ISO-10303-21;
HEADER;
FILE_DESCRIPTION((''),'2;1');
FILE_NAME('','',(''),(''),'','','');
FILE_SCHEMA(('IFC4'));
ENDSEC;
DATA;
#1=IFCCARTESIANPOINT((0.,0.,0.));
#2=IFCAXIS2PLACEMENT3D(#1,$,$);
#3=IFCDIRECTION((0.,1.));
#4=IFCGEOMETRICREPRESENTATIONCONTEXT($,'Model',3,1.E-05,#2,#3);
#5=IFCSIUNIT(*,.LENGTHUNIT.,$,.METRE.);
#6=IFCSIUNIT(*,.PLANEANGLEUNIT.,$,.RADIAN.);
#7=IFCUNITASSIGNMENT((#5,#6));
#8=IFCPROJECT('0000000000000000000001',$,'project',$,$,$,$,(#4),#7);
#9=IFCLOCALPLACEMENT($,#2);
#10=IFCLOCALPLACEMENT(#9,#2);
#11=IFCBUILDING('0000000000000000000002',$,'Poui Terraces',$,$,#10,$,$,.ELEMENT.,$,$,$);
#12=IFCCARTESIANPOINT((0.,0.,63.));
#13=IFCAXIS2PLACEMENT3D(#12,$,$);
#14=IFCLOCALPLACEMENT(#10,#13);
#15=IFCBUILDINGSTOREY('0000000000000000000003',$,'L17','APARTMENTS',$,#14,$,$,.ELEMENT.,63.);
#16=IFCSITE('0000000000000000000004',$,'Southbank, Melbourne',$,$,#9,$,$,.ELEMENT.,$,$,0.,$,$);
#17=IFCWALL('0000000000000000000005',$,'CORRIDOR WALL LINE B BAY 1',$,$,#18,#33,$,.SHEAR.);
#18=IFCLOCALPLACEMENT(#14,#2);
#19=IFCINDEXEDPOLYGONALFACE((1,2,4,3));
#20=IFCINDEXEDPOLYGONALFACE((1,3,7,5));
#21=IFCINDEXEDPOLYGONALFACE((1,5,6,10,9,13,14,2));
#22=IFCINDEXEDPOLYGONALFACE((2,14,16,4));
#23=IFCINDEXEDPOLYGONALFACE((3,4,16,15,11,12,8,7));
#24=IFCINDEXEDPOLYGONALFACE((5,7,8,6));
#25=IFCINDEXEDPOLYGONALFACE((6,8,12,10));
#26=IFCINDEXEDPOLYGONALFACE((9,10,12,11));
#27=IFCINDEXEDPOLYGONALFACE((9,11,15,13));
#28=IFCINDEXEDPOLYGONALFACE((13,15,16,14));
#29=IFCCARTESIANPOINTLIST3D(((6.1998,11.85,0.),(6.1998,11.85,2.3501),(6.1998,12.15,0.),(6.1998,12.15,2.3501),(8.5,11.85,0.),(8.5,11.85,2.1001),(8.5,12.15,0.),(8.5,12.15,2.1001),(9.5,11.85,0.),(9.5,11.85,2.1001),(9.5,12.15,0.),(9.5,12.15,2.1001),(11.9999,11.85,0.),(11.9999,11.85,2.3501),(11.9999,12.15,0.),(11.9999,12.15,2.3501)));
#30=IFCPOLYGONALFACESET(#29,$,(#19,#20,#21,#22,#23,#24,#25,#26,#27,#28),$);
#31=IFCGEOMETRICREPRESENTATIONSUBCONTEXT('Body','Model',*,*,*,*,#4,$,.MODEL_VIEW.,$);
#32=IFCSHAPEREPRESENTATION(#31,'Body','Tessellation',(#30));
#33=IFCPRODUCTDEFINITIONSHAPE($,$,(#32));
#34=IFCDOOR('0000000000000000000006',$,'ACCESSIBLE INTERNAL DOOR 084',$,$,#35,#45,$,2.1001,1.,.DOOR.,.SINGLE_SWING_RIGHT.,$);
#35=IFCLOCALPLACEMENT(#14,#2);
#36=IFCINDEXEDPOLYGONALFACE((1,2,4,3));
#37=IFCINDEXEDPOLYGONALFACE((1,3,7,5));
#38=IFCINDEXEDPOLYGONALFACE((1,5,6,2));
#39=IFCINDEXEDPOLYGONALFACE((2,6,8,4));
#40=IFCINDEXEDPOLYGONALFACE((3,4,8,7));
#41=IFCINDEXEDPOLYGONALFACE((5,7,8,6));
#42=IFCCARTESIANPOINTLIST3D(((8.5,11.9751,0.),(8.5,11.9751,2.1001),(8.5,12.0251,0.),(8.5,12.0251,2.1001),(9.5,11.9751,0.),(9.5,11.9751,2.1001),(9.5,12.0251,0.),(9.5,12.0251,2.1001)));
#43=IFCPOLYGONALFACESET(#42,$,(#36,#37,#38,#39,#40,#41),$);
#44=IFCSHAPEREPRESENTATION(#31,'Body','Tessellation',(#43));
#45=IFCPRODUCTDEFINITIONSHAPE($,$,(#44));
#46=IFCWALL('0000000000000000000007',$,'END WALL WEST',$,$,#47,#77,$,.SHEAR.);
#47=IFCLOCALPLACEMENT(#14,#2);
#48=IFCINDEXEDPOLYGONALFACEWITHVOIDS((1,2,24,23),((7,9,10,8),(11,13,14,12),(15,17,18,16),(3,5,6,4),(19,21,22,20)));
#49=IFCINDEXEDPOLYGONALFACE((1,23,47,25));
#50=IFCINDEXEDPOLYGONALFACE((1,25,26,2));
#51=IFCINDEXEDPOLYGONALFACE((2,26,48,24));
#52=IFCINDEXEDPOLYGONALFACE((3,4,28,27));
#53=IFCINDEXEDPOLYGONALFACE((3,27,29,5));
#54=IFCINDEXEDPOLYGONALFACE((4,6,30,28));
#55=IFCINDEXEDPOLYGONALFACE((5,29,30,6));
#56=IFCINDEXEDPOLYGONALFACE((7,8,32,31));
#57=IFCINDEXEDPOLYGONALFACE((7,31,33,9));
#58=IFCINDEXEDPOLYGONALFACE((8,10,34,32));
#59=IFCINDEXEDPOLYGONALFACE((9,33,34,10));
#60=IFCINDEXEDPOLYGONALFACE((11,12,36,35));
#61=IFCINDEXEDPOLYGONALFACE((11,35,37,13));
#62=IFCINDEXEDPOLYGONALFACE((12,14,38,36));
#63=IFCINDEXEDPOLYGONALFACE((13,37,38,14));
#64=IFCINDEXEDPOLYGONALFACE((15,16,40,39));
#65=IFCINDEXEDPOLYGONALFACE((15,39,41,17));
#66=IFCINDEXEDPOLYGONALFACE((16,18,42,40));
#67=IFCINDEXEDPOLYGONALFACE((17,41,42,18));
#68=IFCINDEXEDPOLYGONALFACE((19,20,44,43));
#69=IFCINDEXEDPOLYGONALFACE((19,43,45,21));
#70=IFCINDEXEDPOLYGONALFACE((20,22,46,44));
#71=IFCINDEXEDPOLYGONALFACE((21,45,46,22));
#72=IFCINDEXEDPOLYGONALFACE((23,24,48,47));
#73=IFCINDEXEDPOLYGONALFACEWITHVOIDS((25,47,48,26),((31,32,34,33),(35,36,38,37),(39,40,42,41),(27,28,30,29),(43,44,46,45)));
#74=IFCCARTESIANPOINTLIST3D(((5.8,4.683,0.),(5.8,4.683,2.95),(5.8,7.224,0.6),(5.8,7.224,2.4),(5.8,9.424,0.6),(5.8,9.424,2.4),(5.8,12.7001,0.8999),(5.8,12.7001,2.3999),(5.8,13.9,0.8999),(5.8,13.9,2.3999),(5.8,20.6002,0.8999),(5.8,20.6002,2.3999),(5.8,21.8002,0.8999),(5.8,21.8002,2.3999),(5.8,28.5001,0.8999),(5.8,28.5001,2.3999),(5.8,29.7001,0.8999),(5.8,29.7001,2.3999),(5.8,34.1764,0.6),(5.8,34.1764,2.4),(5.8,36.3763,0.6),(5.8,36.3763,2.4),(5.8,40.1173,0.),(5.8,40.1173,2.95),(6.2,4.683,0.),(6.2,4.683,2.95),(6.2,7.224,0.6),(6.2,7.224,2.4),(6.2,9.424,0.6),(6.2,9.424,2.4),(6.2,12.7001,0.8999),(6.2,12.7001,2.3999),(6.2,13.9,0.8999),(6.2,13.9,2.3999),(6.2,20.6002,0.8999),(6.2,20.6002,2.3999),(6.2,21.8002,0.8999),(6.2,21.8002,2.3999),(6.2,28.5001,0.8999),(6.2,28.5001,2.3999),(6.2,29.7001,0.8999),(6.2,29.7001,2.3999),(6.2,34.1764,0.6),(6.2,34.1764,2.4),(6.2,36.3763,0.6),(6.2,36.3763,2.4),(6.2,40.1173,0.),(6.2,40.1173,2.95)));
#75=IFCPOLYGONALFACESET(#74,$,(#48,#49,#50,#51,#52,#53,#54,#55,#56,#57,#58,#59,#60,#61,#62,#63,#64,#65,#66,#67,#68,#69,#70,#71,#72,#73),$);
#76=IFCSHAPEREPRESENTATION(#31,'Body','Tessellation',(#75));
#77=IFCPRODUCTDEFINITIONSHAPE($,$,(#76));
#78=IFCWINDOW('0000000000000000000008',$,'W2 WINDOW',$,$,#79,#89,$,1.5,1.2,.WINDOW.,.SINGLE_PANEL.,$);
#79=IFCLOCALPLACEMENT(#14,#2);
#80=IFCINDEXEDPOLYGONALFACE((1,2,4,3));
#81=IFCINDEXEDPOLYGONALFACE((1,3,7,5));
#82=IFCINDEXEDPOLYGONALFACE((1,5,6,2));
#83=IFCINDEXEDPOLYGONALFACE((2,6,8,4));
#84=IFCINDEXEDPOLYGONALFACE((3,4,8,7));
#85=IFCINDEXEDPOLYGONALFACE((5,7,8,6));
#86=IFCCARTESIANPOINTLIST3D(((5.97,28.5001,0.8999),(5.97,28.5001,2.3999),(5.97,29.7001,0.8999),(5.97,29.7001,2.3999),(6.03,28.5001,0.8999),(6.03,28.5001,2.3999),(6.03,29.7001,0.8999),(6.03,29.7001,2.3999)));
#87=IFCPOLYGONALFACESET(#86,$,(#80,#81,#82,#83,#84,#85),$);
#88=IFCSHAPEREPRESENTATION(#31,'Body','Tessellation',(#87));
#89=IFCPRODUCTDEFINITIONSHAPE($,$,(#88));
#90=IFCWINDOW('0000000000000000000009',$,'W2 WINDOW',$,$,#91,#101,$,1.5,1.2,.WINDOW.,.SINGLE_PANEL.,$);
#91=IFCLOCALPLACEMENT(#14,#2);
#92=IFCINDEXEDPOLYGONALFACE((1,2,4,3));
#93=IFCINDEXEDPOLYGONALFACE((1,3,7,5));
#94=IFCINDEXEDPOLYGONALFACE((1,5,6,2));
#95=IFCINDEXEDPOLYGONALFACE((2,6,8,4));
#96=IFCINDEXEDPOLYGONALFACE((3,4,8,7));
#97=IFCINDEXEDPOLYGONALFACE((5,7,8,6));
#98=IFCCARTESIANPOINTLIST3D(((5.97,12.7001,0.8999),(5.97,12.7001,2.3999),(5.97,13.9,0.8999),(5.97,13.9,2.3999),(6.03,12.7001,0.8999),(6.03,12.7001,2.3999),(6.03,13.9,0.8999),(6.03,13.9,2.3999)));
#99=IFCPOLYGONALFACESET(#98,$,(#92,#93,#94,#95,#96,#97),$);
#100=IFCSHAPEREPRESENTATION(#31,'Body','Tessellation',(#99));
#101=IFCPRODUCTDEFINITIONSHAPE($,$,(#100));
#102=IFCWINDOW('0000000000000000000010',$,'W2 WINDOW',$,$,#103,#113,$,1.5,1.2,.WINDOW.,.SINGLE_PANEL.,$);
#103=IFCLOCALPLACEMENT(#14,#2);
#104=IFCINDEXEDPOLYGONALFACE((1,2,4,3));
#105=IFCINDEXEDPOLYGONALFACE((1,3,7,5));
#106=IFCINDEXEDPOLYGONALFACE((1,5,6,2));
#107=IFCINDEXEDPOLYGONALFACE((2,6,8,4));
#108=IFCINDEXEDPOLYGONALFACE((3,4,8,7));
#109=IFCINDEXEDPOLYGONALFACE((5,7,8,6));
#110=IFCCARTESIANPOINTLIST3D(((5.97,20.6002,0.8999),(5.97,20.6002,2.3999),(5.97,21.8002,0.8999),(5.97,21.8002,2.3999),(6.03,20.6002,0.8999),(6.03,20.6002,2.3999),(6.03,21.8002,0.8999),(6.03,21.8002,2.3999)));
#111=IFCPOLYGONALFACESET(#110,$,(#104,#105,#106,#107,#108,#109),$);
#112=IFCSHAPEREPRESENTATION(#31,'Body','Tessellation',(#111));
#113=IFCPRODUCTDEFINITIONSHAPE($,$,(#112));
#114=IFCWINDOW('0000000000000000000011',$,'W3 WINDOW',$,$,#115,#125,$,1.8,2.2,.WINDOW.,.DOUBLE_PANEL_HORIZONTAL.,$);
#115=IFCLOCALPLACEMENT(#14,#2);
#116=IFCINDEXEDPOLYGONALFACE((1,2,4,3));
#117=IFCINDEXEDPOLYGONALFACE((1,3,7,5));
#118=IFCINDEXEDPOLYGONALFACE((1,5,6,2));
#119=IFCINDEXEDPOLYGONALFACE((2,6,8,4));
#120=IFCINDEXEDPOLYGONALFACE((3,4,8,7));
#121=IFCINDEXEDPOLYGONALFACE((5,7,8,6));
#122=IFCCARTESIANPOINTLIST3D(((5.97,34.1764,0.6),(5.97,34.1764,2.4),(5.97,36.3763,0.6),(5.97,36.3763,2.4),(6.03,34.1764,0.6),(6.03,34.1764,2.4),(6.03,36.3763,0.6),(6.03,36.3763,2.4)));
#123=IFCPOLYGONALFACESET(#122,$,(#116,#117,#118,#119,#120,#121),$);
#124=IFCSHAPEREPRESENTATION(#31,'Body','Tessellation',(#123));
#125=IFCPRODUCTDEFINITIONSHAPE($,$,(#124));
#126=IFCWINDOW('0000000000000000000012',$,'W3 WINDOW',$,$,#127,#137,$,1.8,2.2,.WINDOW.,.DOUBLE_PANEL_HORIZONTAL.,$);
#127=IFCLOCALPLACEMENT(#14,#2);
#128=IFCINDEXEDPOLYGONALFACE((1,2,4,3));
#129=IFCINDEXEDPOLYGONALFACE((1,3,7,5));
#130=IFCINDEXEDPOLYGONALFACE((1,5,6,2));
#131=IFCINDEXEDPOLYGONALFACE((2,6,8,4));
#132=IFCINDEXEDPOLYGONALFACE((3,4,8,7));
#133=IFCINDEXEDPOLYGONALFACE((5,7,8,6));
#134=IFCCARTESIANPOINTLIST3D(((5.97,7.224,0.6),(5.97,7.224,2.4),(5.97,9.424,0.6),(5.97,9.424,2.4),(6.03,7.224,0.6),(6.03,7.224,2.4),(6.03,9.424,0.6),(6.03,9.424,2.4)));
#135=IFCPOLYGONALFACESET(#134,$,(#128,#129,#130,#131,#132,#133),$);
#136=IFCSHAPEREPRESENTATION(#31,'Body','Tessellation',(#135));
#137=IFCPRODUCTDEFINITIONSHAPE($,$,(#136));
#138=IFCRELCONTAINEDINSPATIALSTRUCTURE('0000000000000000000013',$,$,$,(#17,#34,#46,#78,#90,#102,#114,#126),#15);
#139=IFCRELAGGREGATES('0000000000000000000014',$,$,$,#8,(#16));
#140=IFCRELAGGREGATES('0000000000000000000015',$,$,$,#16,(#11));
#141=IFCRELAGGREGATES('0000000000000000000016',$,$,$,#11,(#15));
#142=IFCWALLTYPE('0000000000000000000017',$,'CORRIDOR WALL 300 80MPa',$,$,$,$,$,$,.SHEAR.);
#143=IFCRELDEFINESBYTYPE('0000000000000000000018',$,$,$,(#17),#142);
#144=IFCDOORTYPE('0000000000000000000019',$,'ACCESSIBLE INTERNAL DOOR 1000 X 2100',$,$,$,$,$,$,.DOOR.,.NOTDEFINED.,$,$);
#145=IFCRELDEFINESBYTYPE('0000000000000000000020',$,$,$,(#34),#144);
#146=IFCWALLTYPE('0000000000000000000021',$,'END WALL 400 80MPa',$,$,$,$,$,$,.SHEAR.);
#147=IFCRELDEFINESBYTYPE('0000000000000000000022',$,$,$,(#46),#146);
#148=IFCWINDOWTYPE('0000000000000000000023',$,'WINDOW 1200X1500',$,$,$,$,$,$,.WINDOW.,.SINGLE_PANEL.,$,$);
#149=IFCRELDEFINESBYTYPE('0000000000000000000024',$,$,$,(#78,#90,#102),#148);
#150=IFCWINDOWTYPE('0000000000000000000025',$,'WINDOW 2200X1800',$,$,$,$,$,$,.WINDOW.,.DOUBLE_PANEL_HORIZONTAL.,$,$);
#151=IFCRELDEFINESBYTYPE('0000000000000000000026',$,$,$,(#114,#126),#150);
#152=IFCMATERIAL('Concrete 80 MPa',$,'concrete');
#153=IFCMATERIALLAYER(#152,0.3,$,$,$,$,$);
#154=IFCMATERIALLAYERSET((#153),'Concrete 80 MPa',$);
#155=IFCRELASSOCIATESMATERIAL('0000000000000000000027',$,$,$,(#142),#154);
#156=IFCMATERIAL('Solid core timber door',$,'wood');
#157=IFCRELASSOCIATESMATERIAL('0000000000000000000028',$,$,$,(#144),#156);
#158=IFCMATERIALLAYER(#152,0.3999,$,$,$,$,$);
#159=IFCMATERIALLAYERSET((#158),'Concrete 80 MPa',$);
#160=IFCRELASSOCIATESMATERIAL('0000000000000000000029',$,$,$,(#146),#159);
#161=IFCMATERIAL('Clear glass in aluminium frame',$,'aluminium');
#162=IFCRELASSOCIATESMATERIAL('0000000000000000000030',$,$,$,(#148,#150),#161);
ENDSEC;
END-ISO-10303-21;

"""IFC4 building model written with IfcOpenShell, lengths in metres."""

from ifc_helpers import new_model, si_unit, direction, frame, frame_2d, origin, place, context, subcontext, project, spatial, rectangle, extrude, material, layer, layer_set, type_object, element, fill, save


model = new_model("IFC4")

# Units and contexts
model_context = context("Model", 3, precision=1e-05, world=origin(), true_north=direction((0.0, 1.0)))
body_context = subcontext(model_context, "Body", "Model", "MODEL_VIEW")
ifc_project = project(units=[si_unit("LENGTHUNIT", "METRE"), si_unit("PLANEANGLEUNIT", "RADIAN")], contexts=[model_context])

# Site, building, storey
site_placement = place(None, origin())
site = spatial("IfcSite", under=ifc_project, at=site_placement, Name="Southbank, Melbourne", CompositionType="ELEMENT", RefElevation=0.0)
building_placement = place(site_placement, origin())
building = spatial("IfcBuilding", under=site, at=building_placement, Name="Poui Terraces", CompositionType="ELEMENT")
storey_placement = place(building_placement, frame((0.0, 0.0, 63.0)))
storey = spatial("IfcBuildingStorey", under=building, at=storey_placement, Name="L17", Description="APARTMENTS", CompositionType="ELEMENT", Elevation=63.0)

# Wall, opening, door
ifc_material_1 = material(Name="Concrete 80 MPa", Category="concrete")
ifc_layer_1 = layer(ifc_material_1, 0.3)
ifc_layer_set_1 = layer_set([ifc_layer_1], Name="Concrete 80 MPa")
wall_type_1 = type_object("IfcWallType", Name="CORRIDOR WALL 300 80MPa", PredefinedType="SHEAR", material=ifc_layer_set_1)
wall_1_placement = place(storey_placement, frame((6.2, 12.0, 0.0), z_axis=(0.0, 0.0, 1.0), x_axis=(1.0, 0.0, 0.0)))
wall_1 = element("IfcWall", 1, at=wall_1_placement, inside=storey, type_object=wall_type_1, Name="CORRIDOR WALL LINE B BAY 1", PredefinedType="SHEAR", context=body_context, shape_type="SweptSolid", body=[
    extrude(rectangle(XDim=5.8, YDim=0.3, at=frame_2d((2.8999, 0.0))), origin(), (0.0, 0.0, 1.0), 2.3501),
])
opening_1_placement = place(wall_1_placement, frame((2.3, 0.0, 0.0)))
opening_1 = element("IfcOpeningElement", 2, at=opening_1_placement, cuts=wall_1, PredefinedType="OPENING", context=body_context, shape_type="SweptSolid", body=[
    extrude(rectangle(XDim=1.0, YDim=2.1001, at=frame_2d((0.5, 1.05))), frame((0.0, 0.1602, 0.0), z_axis=(0.0, -1.0, 0.0), x_axis=(1.0, 0.0, 0.0)), (0.0, 0.0, 1.0), 0.3201),
])
ifc_material_2 = material(Name="Solid core timber door", Category="wood")
door_type = type_object("IfcDoorType", Name="ACCESSIBLE INTERNAL DOOR 1000 X 2100", OperationType="NOTDEFINED", PredefinedType="DOOR", material=ifc_material_2)
door_placement = place(opening_1_placement, frame((1.0, 0.0, 0.0), z_axis=(0.0, 0.0, 1.0), x_axis=(-1.0, 0.0, 0.0)))
door = element("IfcDoor", 3, at=door_placement, inside=storey, type_object=door_type, Name="ACCESSIBLE INTERNAL DOOR 084", OperationType="SINGLE_SWING_RIGHT", OverallHeight=2.1001, OverallWidth=1.0, PredefinedType="DOOR", context=body_context, shape_type="SweptSolid", body=[
    extrude(rectangle(XDim=1.0, YDim=2.1001, at=frame_2d((0.5, 1.05))), frame((0.0, 0.0249, 0.0), z_axis=(0.0, -1.0, 0.0), x_axis=(1.0, 0.0, 0.0)), (0.0, 0.0, 1.0), 0.05),
])
fill(opening_1, door)

# Wall, openings, windows
ifc_layer_2 = layer(ifc_material_1, 0.3999)
ifc_layer_set_2 = layer_set([ifc_layer_2], Name="Concrete 80 MPa")
wall_type_2 = type_object("IfcWallType", Name="END WALL 400 80MPa", PredefinedType="SHEAR", material=ifc_layer_set_2)
wall_2_placement = place(storey_placement, frame((6.0, 4.6829, 0.0), z_axis=(0.0, 0.0, 1.0), x_axis=(0.0, 1.0, 0.0)))
wall_2 = element("IfcWall", 4, at=wall_2_placement, inside=storey, type_object=wall_type_2, Name="END WALL WEST", PredefinedType="SHEAR", context=body_context, shape_type="SweptSolid", body=[
    extrude(rectangle(XDim=35.4343, YDim=0.3999, at=frame_2d((17.7173, 0.0))), origin(), (0.0, 0.0, 1.0), 2.95),
])
opening_2_placement = place(wall_2_placement, frame((23.8171, 0.0, 0.8999)))
opening_2 = element("IfcOpeningElement", 5, at=opening_2_placement, cuts=wall_2, PredefinedType="OPENING", context=body_context, shape_type="SweptSolid", body=[
    extrude(rectangle(XDim=1.2, YDim=1.5, at=frame_2d((0.6001, 0.75))), frame((0.0, 0.21, 0.0), z_axis=(0.0, -1.0, 0.0), x_axis=(1.0, 0.0, 0.0)), (0.0, 0.0, 1.0), 0.4199),
])
opening_3_placement = place(wall_2_placement, frame((8.0171, 0.0, 0.8999)))
opening_3 = element("IfcOpeningElement", 6, at=opening_3_placement, cuts=wall_2, PredefinedType="OPENING", context=body_context, shape_type="SweptSolid", body=[
    extrude(rectangle(XDim=1.2, YDim=1.5, at=frame_2d((0.6001, 0.75))), frame((0.0, 0.21, 0.0), z_axis=(0.0, -1.0, 0.0), x_axis=(1.0, 0.0, 0.0)), (0.0, 0.0, 1.0), 0.4199),
])
opening_4_placement = place(wall_2_placement, frame((15.9172, 0.0, 0.8999)))
opening_4 = element("IfcOpeningElement", 7, at=opening_4_placement, cuts=wall_2, PredefinedType="OPENING", context=body_context, shape_type="SweptSolid", body=[
    extrude(rectangle(XDim=1.2, YDim=1.5, at=frame_2d((0.6001, 0.75))), frame((0.0, 0.21, 0.0), z_axis=(0.0, -1.0, 0.0), x_axis=(1.0, 0.0, 0.0)), (0.0, 0.0, 1.0), 0.4199),
])
opening_5_placement = place(wall_2_placement, frame((29.4934, 0.0, 0.6001)))
opening_5 = element("IfcOpeningElement", 8, at=opening_5_placement, cuts=wall_2, PredefinedType="OPENING", context=body_context, shape_type="SweptSolid", body=[
    extrude(rectangle(XDim=2.2, YDim=1.8, at=frame_2d((1.1001, 0.8999))), frame((0.0, 0.21, 0.0), z_axis=(0.0, -1.0, 0.0), x_axis=(1.0, 0.0, 0.0)), (0.0, 0.0, 1.0), 0.4199),
])
opening_6_placement = place(wall_2_placement, frame((2.541, 0.0, 0.6001)))
opening_6 = element("IfcOpeningElement", 9, at=opening_6_placement, cuts=wall_2, PredefinedType="OPENING", context=body_context, shape_type="SweptSolid", body=[
    extrude(rectangle(XDim=2.2, YDim=1.8, at=frame_2d((1.1001, 0.8999))), frame((0.0, 0.21, 0.0), z_axis=(0.0, -1.0, 0.0), x_axis=(1.0, 0.0, 0.0)), (0.0, 0.0, 1.0), 0.4199),
])
ifc_material_3 = material(Name="Clear glass in aluminium frame", Category="aluminium")
window_type_1 = type_object("IfcWindowType", Name="WINDOW 1200X1500", PartitioningType="SINGLE_PANEL", PredefinedType="WINDOW", material=ifc_material_3)
window_1_placement = place(opening_2_placement, origin())
window_1 = element("IfcWindow", 10, at=window_1_placement, inside=storey, type_object=window_type_1, Name="W2 WINDOW", OverallHeight=1.5, OverallWidth=1.2, PartitioningType="SINGLE_PANEL", PredefinedType="WINDOW", context=body_context, shape_type="SweptSolid", body=[
    extrude(rectangle(XDim=1.2, YDim=1.5, at=frame_2d((0.6001, 0.75))), frame((0.0, 0.03, 0.0), z_axis=(0.0, -1.0, 0.0), x_axis=(1.0, 0.0, 0.0)), (0.0, 0.0, 1.0), 0.0601),
])
fill(opening_2, window_1)
window_2_placement = place(opening_3_placement, origin())
window_2 = element("IfcWindow", 11, at=window_2_placement, inside=storey, type_object=window_type_1, Name="W2 WINDOW", OverallHeight=1.5, OverallWidth=1.2, PartitioningType="SINGLE_PANEL", PredefinedType="WINDOW", context=body_context, shape_type="SweptSolid", body=[
    extrude(rectangle(XDim=1.2, YDim=1.5, at=frame_2d((0.6001, 0.75))), frame((0.0, 0.03, 0.0), z_axis=(0.0, -1.0, 0.0), x_axis=(1.0, 0.0, 0.0)), (0.0, 0.0, 1.0), 0.0601),
])
fill(opening_3, window_2)
window_3_placement = place(opening_4_placement, origin())
window_3 = element("IfcWindow", 12, at=window_3_placement, inside=storey, type_object=window_type_1, Name="W2 WINDOW", OverallHeight=1.5, OverallWidth=1.2, PartitioningType="SINGLE_PANEL", PredefinedType="WINDOW", context=body_context, shape_type="SweptSolid", body=[
    extrude(rectangle(XDim=1.2, YDim=1.5, at=frame_2d((0.6001, 0.75))), frame((0.0, 0.03, 0.0), z_axis=(0.0, -1.0, 0.0), x_axis=(1.0, 0.0, 0.0)), (0.0, 0.0, 1.0), 0.0601),
])
fill(opening_4, window_3)
window_type_2 = type_object("IfcWindowType", Name="WINDOW 2200X1800", PartitioningType="DOUBLE_PANEL_HORIZONTAL", PredefinedType="WINDOW", material=ifc_material_3)
window_4_placement = place(opening_5_placement, origin())
window_4 = element("IfcWindow", 13, at=window_4_placement, inside=storey, type_object=window_type_2, Name="W3 WINDOW", OverallHeight=1.8, OverallWidth=2.2, PartitioningType="DOUBLE_PANEL_HORIZONTAL", PredefinedType="WINDOW", context=body_context, shape_type="SweptSolid", body=[
    extrude(rectangle(XDim=2.2, YDim=1.8, at=frame_2d((1.1001, 0.8999))), frame((0.0, 0.03, 0.0), z_axis=(0.0, -1.0, 0.0), x_axis=(1.0, 0.0, 0.0)), (0.0, 0.0, 1.0), 0.0601),
])
fill(opening_5, window_4)
window_5_placement = place(opening_6_placement, origin())
window_5 = element("IfcWindow", 14, at=window_5_placement, inside=storey, type_object=window_type_2, Name="W3 WINDOW", OverallHeight=1.8, OverallWidth=2.2, PartitioningType="DOUBLE_PANEL_HORIZONTAL", PredefinedType="WINDOW", context=body_context, shape_type="SweptSolid", body=[
    extrude(rectangle(XDim=2.2, YDim=1.8, at=frame_2d((1.1001, 0.8999))), frame((0.0, 0.03, 0.0), z_axis=(0.0, -1.0, 0.0), x_axis=(1.0, 0.0, 0.0)), (0.0, 0.0, 1.0), 0.0601),
])
fill(opening_6, window_5)

save(model, "model.ifc")
